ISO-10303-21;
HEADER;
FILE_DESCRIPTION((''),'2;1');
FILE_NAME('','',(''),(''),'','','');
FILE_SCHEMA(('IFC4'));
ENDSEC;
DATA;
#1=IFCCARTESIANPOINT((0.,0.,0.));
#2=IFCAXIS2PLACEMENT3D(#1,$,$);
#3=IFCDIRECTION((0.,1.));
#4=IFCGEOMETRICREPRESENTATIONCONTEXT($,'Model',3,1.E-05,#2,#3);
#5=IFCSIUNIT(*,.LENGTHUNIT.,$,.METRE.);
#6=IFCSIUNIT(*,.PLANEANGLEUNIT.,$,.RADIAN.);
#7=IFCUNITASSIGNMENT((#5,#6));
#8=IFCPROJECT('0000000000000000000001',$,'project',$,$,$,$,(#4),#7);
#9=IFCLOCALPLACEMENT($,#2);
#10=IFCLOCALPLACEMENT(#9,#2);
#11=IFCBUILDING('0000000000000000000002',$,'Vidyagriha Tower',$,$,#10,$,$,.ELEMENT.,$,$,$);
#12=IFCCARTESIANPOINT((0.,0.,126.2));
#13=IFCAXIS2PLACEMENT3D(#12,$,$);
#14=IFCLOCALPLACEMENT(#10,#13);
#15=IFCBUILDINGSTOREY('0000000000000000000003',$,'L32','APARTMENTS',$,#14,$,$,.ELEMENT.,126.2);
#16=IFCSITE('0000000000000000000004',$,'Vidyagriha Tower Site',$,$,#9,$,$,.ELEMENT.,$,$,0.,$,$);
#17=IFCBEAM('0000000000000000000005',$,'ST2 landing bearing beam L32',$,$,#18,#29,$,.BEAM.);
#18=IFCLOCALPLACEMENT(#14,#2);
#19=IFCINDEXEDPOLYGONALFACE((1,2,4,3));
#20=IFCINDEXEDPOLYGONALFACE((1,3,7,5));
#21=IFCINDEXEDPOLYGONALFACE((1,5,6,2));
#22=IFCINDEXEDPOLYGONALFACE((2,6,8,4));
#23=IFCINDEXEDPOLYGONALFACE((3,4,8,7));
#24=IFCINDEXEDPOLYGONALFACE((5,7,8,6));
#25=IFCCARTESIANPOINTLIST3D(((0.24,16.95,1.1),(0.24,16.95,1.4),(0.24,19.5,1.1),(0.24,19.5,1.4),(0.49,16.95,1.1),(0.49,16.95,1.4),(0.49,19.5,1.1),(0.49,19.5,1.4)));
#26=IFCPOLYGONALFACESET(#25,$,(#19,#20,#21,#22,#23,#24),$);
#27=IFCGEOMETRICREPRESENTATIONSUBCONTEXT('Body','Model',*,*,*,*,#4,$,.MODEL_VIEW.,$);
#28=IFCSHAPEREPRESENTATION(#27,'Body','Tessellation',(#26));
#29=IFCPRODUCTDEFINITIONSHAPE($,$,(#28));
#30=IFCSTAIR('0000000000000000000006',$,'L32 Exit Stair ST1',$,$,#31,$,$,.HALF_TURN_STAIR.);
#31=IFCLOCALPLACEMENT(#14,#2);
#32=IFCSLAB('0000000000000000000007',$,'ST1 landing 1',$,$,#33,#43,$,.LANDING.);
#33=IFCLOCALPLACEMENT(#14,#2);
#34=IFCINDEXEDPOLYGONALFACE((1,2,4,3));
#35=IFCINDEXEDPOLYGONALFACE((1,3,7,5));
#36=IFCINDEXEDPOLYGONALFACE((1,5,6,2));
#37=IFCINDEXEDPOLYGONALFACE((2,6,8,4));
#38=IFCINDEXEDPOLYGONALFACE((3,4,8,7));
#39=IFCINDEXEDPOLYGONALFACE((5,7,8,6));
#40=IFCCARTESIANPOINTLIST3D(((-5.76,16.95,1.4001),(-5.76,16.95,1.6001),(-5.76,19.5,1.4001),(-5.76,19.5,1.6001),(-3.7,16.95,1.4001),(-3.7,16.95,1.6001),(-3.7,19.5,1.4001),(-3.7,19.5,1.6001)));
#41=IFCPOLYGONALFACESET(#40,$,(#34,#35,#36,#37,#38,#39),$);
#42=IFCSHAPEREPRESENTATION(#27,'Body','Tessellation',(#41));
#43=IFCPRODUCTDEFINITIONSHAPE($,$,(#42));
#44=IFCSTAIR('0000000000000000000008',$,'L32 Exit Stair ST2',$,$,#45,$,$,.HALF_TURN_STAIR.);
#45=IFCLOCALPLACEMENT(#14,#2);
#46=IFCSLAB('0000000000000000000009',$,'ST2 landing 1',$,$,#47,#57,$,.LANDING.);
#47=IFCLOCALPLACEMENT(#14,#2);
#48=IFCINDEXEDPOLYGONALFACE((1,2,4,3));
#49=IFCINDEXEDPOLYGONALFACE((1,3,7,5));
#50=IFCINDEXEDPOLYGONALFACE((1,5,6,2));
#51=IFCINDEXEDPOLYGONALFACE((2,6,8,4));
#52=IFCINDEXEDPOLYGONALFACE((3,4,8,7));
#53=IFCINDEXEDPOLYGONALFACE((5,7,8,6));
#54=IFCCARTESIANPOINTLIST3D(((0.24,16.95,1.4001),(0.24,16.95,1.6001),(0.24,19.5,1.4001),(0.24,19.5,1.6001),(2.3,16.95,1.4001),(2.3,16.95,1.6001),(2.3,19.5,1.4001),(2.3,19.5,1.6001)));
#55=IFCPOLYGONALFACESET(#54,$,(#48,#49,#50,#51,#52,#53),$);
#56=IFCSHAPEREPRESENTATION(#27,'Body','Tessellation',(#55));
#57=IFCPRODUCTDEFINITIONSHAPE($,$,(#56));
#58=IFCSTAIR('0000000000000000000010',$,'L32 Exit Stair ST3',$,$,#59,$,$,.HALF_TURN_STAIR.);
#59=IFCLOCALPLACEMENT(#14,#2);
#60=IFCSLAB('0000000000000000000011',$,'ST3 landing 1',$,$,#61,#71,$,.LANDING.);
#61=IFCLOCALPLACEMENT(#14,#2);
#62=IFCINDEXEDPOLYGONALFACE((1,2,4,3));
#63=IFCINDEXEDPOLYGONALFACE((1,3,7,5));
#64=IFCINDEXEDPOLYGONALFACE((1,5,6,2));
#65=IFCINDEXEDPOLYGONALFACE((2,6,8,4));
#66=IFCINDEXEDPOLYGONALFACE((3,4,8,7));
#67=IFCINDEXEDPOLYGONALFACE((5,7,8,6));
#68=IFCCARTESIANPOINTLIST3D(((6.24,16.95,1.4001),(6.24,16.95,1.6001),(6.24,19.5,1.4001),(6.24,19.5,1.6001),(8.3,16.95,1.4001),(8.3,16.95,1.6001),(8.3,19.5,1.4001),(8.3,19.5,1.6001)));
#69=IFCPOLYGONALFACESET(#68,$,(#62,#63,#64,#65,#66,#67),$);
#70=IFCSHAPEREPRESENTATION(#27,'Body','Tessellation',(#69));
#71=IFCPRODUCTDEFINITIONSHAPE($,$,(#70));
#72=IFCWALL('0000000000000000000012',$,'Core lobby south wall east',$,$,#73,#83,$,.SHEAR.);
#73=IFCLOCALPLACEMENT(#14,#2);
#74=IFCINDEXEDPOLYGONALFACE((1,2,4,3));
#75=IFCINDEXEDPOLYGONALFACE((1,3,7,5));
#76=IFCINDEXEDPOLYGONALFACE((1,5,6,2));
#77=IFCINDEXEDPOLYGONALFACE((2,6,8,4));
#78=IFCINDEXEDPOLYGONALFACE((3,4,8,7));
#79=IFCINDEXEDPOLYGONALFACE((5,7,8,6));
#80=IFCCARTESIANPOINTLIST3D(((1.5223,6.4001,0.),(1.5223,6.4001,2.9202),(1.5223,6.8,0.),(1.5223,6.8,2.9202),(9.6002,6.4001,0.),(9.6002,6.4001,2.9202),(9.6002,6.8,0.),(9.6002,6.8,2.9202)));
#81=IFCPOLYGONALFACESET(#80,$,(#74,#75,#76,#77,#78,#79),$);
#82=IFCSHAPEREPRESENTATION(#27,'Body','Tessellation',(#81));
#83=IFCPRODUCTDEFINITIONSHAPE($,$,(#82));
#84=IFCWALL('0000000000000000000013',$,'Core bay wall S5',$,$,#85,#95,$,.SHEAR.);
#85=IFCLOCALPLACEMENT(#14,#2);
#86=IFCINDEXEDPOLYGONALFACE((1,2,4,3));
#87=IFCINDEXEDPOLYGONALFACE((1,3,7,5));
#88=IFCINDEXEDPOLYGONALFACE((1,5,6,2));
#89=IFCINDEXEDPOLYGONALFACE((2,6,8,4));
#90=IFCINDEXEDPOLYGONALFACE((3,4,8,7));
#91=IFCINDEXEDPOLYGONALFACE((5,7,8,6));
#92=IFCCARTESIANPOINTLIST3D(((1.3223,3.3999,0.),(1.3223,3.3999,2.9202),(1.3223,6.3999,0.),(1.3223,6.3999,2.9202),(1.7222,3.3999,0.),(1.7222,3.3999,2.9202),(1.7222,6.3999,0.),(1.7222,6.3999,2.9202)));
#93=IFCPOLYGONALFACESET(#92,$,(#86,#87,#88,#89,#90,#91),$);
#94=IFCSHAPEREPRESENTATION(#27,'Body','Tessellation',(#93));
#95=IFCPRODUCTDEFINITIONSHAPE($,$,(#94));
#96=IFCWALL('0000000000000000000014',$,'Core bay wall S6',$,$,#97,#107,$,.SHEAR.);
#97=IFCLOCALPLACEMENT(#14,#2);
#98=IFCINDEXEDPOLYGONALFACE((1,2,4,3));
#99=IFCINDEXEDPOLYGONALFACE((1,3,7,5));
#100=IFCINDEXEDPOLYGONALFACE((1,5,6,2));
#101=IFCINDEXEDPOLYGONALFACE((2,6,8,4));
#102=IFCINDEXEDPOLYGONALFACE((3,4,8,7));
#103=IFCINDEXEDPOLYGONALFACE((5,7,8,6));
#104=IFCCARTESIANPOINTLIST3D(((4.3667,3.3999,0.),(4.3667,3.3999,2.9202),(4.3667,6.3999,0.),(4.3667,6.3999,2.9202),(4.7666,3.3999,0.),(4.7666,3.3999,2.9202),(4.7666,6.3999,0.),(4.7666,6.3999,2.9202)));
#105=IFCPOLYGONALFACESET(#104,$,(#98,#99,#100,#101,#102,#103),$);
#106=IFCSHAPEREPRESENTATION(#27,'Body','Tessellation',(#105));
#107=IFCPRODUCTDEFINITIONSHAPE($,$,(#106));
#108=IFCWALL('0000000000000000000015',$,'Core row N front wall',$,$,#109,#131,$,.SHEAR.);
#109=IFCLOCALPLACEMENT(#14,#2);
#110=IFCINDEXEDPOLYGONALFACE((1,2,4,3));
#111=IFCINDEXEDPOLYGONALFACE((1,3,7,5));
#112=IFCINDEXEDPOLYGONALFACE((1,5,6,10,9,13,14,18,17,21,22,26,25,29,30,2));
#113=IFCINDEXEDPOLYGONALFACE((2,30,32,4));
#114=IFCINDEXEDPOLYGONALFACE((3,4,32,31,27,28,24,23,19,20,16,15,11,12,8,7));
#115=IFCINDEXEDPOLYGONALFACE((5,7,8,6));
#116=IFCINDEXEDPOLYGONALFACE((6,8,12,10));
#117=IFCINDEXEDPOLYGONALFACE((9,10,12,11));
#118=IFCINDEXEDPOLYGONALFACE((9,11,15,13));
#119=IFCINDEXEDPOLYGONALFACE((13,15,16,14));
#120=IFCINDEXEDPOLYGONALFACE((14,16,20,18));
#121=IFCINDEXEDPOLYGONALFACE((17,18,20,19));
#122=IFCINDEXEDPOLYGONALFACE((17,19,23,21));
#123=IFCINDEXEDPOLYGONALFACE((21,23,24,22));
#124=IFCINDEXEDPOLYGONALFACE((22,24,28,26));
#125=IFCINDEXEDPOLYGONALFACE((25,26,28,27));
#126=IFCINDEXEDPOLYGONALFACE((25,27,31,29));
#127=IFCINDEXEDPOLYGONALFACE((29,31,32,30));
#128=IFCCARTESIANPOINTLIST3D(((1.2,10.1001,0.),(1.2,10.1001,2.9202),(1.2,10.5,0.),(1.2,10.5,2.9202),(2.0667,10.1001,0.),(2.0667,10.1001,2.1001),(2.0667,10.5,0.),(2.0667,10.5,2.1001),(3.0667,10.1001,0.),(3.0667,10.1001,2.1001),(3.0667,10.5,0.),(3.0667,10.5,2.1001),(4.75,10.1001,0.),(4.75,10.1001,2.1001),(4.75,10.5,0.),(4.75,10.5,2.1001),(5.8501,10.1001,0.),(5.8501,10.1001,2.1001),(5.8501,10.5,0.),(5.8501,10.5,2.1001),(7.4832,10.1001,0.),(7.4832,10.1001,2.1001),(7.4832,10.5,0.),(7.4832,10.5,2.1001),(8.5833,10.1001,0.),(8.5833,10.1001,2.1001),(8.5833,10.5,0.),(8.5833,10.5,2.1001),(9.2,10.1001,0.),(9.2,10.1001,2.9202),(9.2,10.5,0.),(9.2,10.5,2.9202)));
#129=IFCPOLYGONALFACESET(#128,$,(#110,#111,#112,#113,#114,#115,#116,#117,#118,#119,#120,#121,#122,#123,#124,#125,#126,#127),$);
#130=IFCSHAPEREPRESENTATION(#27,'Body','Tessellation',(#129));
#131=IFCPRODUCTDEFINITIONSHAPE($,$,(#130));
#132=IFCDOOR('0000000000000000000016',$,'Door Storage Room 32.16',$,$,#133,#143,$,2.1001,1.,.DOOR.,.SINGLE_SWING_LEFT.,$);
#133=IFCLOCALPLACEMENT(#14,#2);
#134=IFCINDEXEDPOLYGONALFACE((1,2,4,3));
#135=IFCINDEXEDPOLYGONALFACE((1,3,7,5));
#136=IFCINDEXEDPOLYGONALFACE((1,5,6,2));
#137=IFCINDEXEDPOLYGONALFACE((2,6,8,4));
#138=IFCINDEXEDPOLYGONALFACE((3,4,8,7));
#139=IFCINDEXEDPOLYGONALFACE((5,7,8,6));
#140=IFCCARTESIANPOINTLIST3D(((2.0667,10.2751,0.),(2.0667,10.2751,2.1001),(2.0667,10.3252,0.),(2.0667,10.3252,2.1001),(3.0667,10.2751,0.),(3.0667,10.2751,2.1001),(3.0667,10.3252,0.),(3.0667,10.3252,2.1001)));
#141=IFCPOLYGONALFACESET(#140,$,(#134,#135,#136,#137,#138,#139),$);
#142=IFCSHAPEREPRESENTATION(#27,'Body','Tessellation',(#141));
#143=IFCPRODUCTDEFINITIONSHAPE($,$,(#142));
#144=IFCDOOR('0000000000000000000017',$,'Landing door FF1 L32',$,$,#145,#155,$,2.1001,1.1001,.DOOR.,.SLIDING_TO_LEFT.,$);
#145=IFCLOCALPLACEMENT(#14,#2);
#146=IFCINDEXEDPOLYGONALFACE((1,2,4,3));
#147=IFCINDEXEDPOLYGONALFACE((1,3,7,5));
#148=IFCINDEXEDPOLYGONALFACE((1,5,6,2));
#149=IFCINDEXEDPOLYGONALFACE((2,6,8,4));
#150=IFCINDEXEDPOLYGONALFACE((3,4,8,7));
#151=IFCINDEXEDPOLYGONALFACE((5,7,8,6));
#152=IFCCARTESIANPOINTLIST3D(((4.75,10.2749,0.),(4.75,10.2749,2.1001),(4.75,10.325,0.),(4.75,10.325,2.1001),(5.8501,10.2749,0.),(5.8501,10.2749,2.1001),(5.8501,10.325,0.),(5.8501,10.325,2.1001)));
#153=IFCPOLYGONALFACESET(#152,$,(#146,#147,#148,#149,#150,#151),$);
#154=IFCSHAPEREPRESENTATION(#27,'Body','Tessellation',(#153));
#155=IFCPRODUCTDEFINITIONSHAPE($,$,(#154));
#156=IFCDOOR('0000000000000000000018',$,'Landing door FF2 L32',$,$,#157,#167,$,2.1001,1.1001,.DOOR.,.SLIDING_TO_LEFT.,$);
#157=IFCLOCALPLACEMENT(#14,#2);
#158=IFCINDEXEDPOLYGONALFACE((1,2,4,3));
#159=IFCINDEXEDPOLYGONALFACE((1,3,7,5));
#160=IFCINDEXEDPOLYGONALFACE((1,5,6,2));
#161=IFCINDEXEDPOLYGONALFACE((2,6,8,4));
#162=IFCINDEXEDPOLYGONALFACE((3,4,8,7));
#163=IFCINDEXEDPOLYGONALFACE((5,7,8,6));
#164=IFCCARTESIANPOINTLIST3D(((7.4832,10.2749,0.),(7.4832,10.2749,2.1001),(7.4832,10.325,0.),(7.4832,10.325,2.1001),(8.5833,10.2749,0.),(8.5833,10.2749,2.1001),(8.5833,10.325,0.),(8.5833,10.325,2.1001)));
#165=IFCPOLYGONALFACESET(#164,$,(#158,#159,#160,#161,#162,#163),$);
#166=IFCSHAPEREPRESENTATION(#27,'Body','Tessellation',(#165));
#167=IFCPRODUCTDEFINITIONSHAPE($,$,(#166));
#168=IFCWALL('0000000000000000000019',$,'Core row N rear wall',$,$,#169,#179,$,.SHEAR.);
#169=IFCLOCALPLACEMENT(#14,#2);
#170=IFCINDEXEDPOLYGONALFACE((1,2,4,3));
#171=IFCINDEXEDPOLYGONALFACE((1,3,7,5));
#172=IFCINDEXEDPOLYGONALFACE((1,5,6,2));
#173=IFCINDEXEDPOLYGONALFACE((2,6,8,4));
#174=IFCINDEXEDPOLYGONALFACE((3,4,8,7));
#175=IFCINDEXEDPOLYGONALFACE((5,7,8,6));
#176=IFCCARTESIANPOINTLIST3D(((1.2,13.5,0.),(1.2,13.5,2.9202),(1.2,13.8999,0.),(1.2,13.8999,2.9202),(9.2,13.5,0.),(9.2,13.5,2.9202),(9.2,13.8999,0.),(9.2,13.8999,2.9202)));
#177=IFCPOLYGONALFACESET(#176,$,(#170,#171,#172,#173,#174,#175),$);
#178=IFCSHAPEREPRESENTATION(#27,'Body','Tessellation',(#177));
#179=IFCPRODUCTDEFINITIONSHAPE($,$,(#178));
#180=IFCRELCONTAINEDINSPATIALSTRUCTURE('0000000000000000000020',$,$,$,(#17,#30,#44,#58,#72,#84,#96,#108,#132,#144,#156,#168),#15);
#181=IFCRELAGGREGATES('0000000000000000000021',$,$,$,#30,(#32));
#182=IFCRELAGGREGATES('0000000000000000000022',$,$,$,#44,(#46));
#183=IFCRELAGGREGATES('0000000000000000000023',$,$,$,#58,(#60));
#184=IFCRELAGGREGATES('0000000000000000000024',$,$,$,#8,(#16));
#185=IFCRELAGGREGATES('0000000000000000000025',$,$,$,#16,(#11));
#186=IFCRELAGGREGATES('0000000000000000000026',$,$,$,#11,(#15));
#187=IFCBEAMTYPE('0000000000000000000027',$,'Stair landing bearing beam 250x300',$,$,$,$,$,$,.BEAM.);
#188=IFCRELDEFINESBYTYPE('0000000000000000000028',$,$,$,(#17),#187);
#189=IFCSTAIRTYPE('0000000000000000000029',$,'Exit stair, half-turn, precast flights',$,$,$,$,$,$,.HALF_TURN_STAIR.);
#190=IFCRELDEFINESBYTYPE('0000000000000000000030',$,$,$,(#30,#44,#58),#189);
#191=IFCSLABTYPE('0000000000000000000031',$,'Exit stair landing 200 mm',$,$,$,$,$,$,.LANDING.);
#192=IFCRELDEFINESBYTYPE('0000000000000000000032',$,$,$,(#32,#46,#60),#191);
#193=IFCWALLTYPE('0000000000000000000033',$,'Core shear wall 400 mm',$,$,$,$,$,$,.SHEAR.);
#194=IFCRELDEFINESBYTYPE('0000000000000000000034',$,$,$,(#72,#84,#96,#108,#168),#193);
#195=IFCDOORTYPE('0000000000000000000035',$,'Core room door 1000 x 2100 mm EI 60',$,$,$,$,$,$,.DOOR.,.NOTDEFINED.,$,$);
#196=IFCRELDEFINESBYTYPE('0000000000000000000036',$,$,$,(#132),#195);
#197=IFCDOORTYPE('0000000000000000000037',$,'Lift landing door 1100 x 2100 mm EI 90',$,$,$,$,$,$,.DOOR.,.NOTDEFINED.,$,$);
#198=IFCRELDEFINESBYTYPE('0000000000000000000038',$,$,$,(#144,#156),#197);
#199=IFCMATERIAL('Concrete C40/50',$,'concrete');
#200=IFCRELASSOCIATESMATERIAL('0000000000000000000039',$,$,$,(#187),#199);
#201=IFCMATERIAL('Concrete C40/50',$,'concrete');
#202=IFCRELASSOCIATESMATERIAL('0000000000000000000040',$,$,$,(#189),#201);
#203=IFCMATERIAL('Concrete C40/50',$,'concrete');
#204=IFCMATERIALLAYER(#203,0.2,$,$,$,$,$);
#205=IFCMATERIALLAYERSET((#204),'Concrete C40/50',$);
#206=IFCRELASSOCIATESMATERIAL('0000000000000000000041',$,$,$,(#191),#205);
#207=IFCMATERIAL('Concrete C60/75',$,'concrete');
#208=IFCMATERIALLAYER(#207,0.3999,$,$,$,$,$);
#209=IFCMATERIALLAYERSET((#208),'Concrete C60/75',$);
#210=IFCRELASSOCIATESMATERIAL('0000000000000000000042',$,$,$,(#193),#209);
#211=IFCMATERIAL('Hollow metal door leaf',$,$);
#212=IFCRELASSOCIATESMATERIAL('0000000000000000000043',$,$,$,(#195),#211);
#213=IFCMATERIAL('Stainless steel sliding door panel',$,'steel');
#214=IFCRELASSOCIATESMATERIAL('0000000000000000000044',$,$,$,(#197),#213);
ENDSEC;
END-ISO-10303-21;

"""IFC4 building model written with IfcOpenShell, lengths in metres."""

from ifc_helpers import new_model, si_unit, direction, frame, frame_2d, origin, origin_2d, place, context, subcontext, project, spatial, polyline, rectangle, outline, extrude, material, layer, layer_set, material_profile, profile_set, type_object, element, fill, aggregate, save


model = new_model("IFC4")

# Units and contexts
model_context = context("Model", 3, precision=1e-05, world=origin(), true_north=direction((0.0, 1.0)))
body_context = subcontext(model_context, "Body", "Model", "MODEL_VIEW")
ifc_project = project(units=[si_unit("LENGTHUNIT", "METRE"), si_unit("PLANEANGLEUNIT", "RADIAN")], contexts=[model_context])

# Site, building, storey
site_placement = place(None, origin())
site = spatial("IfcSite", under=ifc_project, at=site_placement, Name="Vidyagriha Tower Site", CompositionType="ELEMENT", RefElevation=0.0)
building_placement = place(site_placement, origin())
building = spatial("IfcBuilding", under=site, at=building_placement, Name="Vidyagriha Tower", CompositionType="ELEMENT")
storey_placement = place(building_placement, frame((0.0, 0.0, 126.2)))
storey = spatial("IfcBuildingStorey", under=building, at=storey_placement, Name="L32", Description="APARTMENTS", CompositionType="ELEMENT", Elevation=126.2)

# Beam
ifc_material_1 = material(Name="Concrete C40/50", Category="concrete")
ifc_material_profile = material_profile(ifc_material_1, rectangle(XDim=0.25, YDim=0.3, at=origin_2d()), Name="Stair landing bearing beam 250x300")
ifc_profile_set = profile_set([ifc_material_profile], Name="Concrete C40/50")
beam_type = type_object("IfcBeamType", Name="Stair landing bearing beam 250x300", PredefinedType="BEAM", material=ifc_profile_set)
beam_placement = place(storey_placement, frame((0.365, 16.95, 1.25), z_axis=(0.0, 1.0, 0.0), x_axis=(-1.0, 0.0, 0.0)))
element("IfcBeam", 1, at=beam_placement, inside=storey, type_object=beam_type, Name="ST2 landing bearing beam L32", PredefinedType="BEAM", context=body_context, shape_type="SweptSolid", body=[
    extrude(rectangle(XDim=0.25, YDim=0.3, at=origin_2d()), origin(), (0.0, 0.0, 1.0), 2.55),
])

# Stairs, slabs
ifc_material_2 = material(Name="Concrete C40/50", Category="concrete")
stair_type = type_object("IfcStairType", Name="Exit stair, half-turn, precast flights", PredefinedType="HALF_TURN_STAIR", material=ifc_material_2)
stair_1_placement = place(storey_placement, origin())
stair_1 = element("IfcStair", 2, at=stair_1_placement, inside=storey, type_object=stair_type, Name="L32 Exit Stair ST1", PredefinedType="HALF_TURN_STAIR")
ifc_material_3 = material(Name="Concrete C40/50", Category="concrete")
ifc_layer_1 = layer(ifc_material_3, 0.2)
ifc_layer_set_1 = layer_set([ifc_layer_1], Name="Concrete C40/50")
slab_type = type_object("IfcSlabType", Name="Exit stair landing 200 mm", PredefinedType="LANDING", material=ifc_layer_set_1)
slab_1_placement = place(storey_placement, frame((0.0, 0.0, 1.4001)))
slab_1 = element("IfcSlab", 3, at=slab_1_placement, type_object=slab_type, Name="ST1 landing 1", PredefinedType="LANDING", context=body_context, shape_type="SweptSolid", body=[
    extrude(outline(polyline([(-5.76, 16.95), (-3.7, 16.95), (-3.7, 19.5), (-5.76, 19.5), (-5.76, 16.95)])), origin(), (0.0, 0.0, 1.0), 0.2),
])
aggregate(stair_1, [slab_1])
stair_2_placement = place(storey_placement, origin())
stair_2 = element("IfcStair", 4, at=stair_2_placement, inside=storey, type_object=stair_type, Name="L32 Exit Stair ST2", PredefinedType="HALF_TURN_STAIR")
slab_2_placement = place(storey_placement, frame((0.0, 0.0, 1.4001)))
slab_2 = element("IfcSlab", 5, at=slab_2_placement, type_object=slab_type, Name="ST2 landing 1", PredefinedType="LANDING", context=body_context, shape_type="SweptSolid", body=[
    extrude(outline(polyline([(0.24, 16.95), (2.3, 16.95), (2.3, 19.5), (0.24, 19.5), (0.24, 16.95)])), origin(), (0.0, 0.0, 1.0), 0.2),
])
aggregate(stair_2, [slab_2])
stair_3_placement = place(storey_placement, origin())
stair_3 = element("IfcStair", 6, at=stair_3_placement, inside=storey, type_object=stair_type, Name="L32 Exit Stair ST3", PredefinedType="HALF_TURN_STAIR")
slab_3_placement = place(storey_placement, frame((0.0, 0.0, 1.4001)))
slab_3 = element("IfcSlab", 7, at=slab_3_placement, type_object=slab_type, Name="ST3 landing 1", PredefinedType="LANDING", context=body_context, shape_type="SweptSolid", body=[
    extrude(outline(polyline([(6.24, 16.95), (8.3, 16.95), (8.3, 19.5), (6.24, 19.5), (6.24, 16.95)])), origin(), (0.0, 0.0, 1.0), 0.2),
])
aggregate(stair_3, [slab_3])

# Walls
ifc_material_4 = material(Name="Concrete C60/75", Category="concrete")
ifc_layer_2 = layer(ifc_material_4, 0.3999)
ifc_layer_set_2 = layer_set([ifc_layer_2], Name="Concrete C60/75")
wall_type_1 = type_object("IfcWallType", Name="Core shear wall 400 mm", PredefinedType="SHEAR", material=ifc_layer_set_2)
wall_1_placement = place(storey_placement, frame((1.5222, 6.6001, 0.0)))
element("IfcWall", 8, at=wall_1_placement, inside=storey, type_object=wall_type_1, Name="Core lobby south wall east", PredefinedType="SHEAR", context=body_context, shape_type="SweptSolid", body=[
    extrude(rectangle(XDim=8.0779, YDim=0.3999, at=frame_2d((4.0391, 0.0))), origin(), (0.0, 0.0, 1.0), 2.9202),
])
for number, where, z_axis, x_axis, name in (
    (9, (1.5222, 3.3999, 0.0), (0.0, 0.0, 1.0), (0.0, 1.0, 0.0), "Core bay wall S5"),
    (10, (4.5667, 3.3999, 0.0), (0.0, 0.0, 1.0), (0.0, 1.0, 0.0), "Core bay wall S6"),
):
    element("IfcWall", number, at=place(storey_placement, frame(where, z_axis=z_axis, x_axis=x_axis)), inside=storey, type_object=wall_type_1, Name=name, PredefinedType="SHEAR", context=body_context, shape_type="SweptSolid", body=[
        extrude(rectangle(XDim=3.0, YDim=0.3999, at=frame_2d((1.5, 0.0))), origin(), (0.0, 0.0, 1.0), 2.9202),
    ])

# Wall, openings, doors
wall_2_placement = place(storey_placement, frame((1.2, 10.3, 0.0)))
wall_2 = element("IfcWall", 11, at=wall_2_placement, inside=storey, type_object=wall_type_1, Name="Core row N front wall", PredefinedType="SHEAR", context=body_context, shape_type="SweptSolid", body=[
    extrude(rectangle(XDim=8.0, YDim=0.3999, at=frame_2d((4.0, 0.0))), origin(), (0.0, 0.0, 1.0), 2.9202),
])
opening_1_placement = place(wall_2_placement, frame((3.55, 0.0, 0.0)))
opening_1 = element("IfcOpeningElement", 12, at=opening_1_placement, cuts=wall_2, PredefinedType="OPENING", context=body_context, shape_type="SweptSolid", body=[
    extrude(rectangle(XDim=1.1001, YDim=2.1001, at=frame_2d((0.55, 1.05))), frame((0.0, 0.21, 0.0), z_axis=(0.0, -1.0, 0.0), x_axis=(1.0, 0.0, 0.0)), (0.0, 0.0, 1.0), 0.4199),
])
opening_2_placement = place(wall_2_placement, frame((6.2832, 0.0, 0.0)))
opening_2 = element("IfcOpeningElement", 13, at=opening_2_placement, cuts=wall_2, PredefinedType="OPENING", context=body_context, shape_type="SweptSolid", body=[
    extrude(rectangle(XDim=1.1001, YDim=2.1001, at=frame_2d((0.55, 1.05))), frame((0.0, 0.21, 0.0), z_axis=(0.0, -1.0, 0.0), x_axis=(1.0, 0.0, 0.0)), (0.0, 0.0, 1.0), 0.4199),
])
opening_3_placement = place(wall_2_placement, frame((0.8667, 0.0, 0.0)))
opening_3 = element("IfcOpeningElement", 14, at=opening_3_placement, cuts=wall_2, PredefinedType="OPENING", context=body_context, shape_type="SweptSolid", body=[
    extrude(rectangle(XDim=1.0, YDim=2.1001, at=frame_2d((0.5, 1.05))), frame((0.0, 0.21, 0.0), z_axis=(0.0, -1.0, 0.0), x_axis=(1.0, 0.0, 0.0)), (0.0, 0.0, 1.0), 0.4199),
])
ifc_material_5 = material(Name="Hollow metal door leaf")
door_type_1 = type_object("IfcDoorType", Name="Core room door 1000 x 2100 mm EI 60", OperationType="NOTDEFINED", PredefinedType="DOOR", material=ifc_material_5)
door_1_placement = place(opening_3_placement, frame((1.0, 0.0, 0.0), z_axis=(0.0, 0.0, 1.0), x_axis=(-1.0, 0.0, 0.0)))
door_1 = element("IfcDoor", 15, at=door_1_placement, inside=storey, type_object=door_type_1, Name="Door Storage Room 32.16", OperationType="SINGLE_SWING_LEFT", OverallHeight=2.1001, OverallWidth=1.0, PredefinedType="DOOR", context=body_context, shape_type="SweptSolid", body=[
    extrude(rectangle(XDim=1.0, YDim=2.1001, at=frame_2d((0.5, 1.05))), frame((0.0, 0.0249, 0.0), z_axis=(0.0, -1.0, 0.0), x_axis=(1.0, 0.0, 0.0)), (0.0, 0.0, 1.0), 0.05),
])
fill(opening_3, door_1)
ifc_material_6 = material(Name="Stainless steel sliding door panel", Category="steel")
door_type_2 = type_object("IfcDoorType", Name="Lift landing door 1100 x 2100 mm EI 90", OperationType="NOTDEFINED", PredefinedType="DOOR", material=ifc_material_6)
door_2_placement = place(opening_1_placement, origin())
door_2 = element("IfcDoor", 16, at=door_2_placement, inside=storey, type_object=door_type_2, Name="Landing door FF1 L32", OperationType="SLIDING_TO_LEFT", OverallHeight=2.1001, OverallWidth=1.1001, PredefinedType="DOOR", context=body_context, shape_type="SweptSolid", body=[
    extrude(rectangle(XDim=1.1001, YDim=2.1001, at=frame_2d((0.55, 1.05))), frame((0.0, 0.0249, 0.0), z_axis=(0.0, -1.0, 0.0), x_axis=(1.0, 0.0, 0.0)), (0.0, 0.0, 1.0), 0.05),
])
fill(opening_1, door_2)
door_3_placement = place(opening_2_placement, origin())
door_3 = element("IfcDoor", 17, at=door_3_placement, inside=storey, type_object=door_type_2, Name="Landing door FF2 L32", OperationType="SLIDING_TO_LEFT", OverallHeight=2.1001, OverallWidth=1.1001, PredefinedType="DOOR", context=body_context, shape_type="SweptSolid", body=[
    extrude(rectangle(XDim=1.1001, YDim=2.1001, at=frame_2d((0.55, 1.05))), frame((0.0, 0.0249, 0.0), z_axis=(0.0, -1.0, 0.0), x_axis=(1.0, 0.0, 0.0)), (0.0, 0.0, 1.0), 0.05),
])
fill(opening_2, door_3)

# Wall
wall_3_placement = place(storey_placement, frame((1.2, 13.7, 0.0)))
element("IfcWall", 18, at=wall_3_placement, inside=storey, type_object=wall_type_1, Name="Core row N rear wall", PredefinedType="SHEAR", context=body_context, shape_type="SweptSolid", body=[
    extrude(rectangle(XDim=8.0, YDim=0.3999, at=frame_2d((4.0, 0.0))), origin(), (0.0, 0.0, 1.0), 2.9202),
])

save(model, "model.ifc")
